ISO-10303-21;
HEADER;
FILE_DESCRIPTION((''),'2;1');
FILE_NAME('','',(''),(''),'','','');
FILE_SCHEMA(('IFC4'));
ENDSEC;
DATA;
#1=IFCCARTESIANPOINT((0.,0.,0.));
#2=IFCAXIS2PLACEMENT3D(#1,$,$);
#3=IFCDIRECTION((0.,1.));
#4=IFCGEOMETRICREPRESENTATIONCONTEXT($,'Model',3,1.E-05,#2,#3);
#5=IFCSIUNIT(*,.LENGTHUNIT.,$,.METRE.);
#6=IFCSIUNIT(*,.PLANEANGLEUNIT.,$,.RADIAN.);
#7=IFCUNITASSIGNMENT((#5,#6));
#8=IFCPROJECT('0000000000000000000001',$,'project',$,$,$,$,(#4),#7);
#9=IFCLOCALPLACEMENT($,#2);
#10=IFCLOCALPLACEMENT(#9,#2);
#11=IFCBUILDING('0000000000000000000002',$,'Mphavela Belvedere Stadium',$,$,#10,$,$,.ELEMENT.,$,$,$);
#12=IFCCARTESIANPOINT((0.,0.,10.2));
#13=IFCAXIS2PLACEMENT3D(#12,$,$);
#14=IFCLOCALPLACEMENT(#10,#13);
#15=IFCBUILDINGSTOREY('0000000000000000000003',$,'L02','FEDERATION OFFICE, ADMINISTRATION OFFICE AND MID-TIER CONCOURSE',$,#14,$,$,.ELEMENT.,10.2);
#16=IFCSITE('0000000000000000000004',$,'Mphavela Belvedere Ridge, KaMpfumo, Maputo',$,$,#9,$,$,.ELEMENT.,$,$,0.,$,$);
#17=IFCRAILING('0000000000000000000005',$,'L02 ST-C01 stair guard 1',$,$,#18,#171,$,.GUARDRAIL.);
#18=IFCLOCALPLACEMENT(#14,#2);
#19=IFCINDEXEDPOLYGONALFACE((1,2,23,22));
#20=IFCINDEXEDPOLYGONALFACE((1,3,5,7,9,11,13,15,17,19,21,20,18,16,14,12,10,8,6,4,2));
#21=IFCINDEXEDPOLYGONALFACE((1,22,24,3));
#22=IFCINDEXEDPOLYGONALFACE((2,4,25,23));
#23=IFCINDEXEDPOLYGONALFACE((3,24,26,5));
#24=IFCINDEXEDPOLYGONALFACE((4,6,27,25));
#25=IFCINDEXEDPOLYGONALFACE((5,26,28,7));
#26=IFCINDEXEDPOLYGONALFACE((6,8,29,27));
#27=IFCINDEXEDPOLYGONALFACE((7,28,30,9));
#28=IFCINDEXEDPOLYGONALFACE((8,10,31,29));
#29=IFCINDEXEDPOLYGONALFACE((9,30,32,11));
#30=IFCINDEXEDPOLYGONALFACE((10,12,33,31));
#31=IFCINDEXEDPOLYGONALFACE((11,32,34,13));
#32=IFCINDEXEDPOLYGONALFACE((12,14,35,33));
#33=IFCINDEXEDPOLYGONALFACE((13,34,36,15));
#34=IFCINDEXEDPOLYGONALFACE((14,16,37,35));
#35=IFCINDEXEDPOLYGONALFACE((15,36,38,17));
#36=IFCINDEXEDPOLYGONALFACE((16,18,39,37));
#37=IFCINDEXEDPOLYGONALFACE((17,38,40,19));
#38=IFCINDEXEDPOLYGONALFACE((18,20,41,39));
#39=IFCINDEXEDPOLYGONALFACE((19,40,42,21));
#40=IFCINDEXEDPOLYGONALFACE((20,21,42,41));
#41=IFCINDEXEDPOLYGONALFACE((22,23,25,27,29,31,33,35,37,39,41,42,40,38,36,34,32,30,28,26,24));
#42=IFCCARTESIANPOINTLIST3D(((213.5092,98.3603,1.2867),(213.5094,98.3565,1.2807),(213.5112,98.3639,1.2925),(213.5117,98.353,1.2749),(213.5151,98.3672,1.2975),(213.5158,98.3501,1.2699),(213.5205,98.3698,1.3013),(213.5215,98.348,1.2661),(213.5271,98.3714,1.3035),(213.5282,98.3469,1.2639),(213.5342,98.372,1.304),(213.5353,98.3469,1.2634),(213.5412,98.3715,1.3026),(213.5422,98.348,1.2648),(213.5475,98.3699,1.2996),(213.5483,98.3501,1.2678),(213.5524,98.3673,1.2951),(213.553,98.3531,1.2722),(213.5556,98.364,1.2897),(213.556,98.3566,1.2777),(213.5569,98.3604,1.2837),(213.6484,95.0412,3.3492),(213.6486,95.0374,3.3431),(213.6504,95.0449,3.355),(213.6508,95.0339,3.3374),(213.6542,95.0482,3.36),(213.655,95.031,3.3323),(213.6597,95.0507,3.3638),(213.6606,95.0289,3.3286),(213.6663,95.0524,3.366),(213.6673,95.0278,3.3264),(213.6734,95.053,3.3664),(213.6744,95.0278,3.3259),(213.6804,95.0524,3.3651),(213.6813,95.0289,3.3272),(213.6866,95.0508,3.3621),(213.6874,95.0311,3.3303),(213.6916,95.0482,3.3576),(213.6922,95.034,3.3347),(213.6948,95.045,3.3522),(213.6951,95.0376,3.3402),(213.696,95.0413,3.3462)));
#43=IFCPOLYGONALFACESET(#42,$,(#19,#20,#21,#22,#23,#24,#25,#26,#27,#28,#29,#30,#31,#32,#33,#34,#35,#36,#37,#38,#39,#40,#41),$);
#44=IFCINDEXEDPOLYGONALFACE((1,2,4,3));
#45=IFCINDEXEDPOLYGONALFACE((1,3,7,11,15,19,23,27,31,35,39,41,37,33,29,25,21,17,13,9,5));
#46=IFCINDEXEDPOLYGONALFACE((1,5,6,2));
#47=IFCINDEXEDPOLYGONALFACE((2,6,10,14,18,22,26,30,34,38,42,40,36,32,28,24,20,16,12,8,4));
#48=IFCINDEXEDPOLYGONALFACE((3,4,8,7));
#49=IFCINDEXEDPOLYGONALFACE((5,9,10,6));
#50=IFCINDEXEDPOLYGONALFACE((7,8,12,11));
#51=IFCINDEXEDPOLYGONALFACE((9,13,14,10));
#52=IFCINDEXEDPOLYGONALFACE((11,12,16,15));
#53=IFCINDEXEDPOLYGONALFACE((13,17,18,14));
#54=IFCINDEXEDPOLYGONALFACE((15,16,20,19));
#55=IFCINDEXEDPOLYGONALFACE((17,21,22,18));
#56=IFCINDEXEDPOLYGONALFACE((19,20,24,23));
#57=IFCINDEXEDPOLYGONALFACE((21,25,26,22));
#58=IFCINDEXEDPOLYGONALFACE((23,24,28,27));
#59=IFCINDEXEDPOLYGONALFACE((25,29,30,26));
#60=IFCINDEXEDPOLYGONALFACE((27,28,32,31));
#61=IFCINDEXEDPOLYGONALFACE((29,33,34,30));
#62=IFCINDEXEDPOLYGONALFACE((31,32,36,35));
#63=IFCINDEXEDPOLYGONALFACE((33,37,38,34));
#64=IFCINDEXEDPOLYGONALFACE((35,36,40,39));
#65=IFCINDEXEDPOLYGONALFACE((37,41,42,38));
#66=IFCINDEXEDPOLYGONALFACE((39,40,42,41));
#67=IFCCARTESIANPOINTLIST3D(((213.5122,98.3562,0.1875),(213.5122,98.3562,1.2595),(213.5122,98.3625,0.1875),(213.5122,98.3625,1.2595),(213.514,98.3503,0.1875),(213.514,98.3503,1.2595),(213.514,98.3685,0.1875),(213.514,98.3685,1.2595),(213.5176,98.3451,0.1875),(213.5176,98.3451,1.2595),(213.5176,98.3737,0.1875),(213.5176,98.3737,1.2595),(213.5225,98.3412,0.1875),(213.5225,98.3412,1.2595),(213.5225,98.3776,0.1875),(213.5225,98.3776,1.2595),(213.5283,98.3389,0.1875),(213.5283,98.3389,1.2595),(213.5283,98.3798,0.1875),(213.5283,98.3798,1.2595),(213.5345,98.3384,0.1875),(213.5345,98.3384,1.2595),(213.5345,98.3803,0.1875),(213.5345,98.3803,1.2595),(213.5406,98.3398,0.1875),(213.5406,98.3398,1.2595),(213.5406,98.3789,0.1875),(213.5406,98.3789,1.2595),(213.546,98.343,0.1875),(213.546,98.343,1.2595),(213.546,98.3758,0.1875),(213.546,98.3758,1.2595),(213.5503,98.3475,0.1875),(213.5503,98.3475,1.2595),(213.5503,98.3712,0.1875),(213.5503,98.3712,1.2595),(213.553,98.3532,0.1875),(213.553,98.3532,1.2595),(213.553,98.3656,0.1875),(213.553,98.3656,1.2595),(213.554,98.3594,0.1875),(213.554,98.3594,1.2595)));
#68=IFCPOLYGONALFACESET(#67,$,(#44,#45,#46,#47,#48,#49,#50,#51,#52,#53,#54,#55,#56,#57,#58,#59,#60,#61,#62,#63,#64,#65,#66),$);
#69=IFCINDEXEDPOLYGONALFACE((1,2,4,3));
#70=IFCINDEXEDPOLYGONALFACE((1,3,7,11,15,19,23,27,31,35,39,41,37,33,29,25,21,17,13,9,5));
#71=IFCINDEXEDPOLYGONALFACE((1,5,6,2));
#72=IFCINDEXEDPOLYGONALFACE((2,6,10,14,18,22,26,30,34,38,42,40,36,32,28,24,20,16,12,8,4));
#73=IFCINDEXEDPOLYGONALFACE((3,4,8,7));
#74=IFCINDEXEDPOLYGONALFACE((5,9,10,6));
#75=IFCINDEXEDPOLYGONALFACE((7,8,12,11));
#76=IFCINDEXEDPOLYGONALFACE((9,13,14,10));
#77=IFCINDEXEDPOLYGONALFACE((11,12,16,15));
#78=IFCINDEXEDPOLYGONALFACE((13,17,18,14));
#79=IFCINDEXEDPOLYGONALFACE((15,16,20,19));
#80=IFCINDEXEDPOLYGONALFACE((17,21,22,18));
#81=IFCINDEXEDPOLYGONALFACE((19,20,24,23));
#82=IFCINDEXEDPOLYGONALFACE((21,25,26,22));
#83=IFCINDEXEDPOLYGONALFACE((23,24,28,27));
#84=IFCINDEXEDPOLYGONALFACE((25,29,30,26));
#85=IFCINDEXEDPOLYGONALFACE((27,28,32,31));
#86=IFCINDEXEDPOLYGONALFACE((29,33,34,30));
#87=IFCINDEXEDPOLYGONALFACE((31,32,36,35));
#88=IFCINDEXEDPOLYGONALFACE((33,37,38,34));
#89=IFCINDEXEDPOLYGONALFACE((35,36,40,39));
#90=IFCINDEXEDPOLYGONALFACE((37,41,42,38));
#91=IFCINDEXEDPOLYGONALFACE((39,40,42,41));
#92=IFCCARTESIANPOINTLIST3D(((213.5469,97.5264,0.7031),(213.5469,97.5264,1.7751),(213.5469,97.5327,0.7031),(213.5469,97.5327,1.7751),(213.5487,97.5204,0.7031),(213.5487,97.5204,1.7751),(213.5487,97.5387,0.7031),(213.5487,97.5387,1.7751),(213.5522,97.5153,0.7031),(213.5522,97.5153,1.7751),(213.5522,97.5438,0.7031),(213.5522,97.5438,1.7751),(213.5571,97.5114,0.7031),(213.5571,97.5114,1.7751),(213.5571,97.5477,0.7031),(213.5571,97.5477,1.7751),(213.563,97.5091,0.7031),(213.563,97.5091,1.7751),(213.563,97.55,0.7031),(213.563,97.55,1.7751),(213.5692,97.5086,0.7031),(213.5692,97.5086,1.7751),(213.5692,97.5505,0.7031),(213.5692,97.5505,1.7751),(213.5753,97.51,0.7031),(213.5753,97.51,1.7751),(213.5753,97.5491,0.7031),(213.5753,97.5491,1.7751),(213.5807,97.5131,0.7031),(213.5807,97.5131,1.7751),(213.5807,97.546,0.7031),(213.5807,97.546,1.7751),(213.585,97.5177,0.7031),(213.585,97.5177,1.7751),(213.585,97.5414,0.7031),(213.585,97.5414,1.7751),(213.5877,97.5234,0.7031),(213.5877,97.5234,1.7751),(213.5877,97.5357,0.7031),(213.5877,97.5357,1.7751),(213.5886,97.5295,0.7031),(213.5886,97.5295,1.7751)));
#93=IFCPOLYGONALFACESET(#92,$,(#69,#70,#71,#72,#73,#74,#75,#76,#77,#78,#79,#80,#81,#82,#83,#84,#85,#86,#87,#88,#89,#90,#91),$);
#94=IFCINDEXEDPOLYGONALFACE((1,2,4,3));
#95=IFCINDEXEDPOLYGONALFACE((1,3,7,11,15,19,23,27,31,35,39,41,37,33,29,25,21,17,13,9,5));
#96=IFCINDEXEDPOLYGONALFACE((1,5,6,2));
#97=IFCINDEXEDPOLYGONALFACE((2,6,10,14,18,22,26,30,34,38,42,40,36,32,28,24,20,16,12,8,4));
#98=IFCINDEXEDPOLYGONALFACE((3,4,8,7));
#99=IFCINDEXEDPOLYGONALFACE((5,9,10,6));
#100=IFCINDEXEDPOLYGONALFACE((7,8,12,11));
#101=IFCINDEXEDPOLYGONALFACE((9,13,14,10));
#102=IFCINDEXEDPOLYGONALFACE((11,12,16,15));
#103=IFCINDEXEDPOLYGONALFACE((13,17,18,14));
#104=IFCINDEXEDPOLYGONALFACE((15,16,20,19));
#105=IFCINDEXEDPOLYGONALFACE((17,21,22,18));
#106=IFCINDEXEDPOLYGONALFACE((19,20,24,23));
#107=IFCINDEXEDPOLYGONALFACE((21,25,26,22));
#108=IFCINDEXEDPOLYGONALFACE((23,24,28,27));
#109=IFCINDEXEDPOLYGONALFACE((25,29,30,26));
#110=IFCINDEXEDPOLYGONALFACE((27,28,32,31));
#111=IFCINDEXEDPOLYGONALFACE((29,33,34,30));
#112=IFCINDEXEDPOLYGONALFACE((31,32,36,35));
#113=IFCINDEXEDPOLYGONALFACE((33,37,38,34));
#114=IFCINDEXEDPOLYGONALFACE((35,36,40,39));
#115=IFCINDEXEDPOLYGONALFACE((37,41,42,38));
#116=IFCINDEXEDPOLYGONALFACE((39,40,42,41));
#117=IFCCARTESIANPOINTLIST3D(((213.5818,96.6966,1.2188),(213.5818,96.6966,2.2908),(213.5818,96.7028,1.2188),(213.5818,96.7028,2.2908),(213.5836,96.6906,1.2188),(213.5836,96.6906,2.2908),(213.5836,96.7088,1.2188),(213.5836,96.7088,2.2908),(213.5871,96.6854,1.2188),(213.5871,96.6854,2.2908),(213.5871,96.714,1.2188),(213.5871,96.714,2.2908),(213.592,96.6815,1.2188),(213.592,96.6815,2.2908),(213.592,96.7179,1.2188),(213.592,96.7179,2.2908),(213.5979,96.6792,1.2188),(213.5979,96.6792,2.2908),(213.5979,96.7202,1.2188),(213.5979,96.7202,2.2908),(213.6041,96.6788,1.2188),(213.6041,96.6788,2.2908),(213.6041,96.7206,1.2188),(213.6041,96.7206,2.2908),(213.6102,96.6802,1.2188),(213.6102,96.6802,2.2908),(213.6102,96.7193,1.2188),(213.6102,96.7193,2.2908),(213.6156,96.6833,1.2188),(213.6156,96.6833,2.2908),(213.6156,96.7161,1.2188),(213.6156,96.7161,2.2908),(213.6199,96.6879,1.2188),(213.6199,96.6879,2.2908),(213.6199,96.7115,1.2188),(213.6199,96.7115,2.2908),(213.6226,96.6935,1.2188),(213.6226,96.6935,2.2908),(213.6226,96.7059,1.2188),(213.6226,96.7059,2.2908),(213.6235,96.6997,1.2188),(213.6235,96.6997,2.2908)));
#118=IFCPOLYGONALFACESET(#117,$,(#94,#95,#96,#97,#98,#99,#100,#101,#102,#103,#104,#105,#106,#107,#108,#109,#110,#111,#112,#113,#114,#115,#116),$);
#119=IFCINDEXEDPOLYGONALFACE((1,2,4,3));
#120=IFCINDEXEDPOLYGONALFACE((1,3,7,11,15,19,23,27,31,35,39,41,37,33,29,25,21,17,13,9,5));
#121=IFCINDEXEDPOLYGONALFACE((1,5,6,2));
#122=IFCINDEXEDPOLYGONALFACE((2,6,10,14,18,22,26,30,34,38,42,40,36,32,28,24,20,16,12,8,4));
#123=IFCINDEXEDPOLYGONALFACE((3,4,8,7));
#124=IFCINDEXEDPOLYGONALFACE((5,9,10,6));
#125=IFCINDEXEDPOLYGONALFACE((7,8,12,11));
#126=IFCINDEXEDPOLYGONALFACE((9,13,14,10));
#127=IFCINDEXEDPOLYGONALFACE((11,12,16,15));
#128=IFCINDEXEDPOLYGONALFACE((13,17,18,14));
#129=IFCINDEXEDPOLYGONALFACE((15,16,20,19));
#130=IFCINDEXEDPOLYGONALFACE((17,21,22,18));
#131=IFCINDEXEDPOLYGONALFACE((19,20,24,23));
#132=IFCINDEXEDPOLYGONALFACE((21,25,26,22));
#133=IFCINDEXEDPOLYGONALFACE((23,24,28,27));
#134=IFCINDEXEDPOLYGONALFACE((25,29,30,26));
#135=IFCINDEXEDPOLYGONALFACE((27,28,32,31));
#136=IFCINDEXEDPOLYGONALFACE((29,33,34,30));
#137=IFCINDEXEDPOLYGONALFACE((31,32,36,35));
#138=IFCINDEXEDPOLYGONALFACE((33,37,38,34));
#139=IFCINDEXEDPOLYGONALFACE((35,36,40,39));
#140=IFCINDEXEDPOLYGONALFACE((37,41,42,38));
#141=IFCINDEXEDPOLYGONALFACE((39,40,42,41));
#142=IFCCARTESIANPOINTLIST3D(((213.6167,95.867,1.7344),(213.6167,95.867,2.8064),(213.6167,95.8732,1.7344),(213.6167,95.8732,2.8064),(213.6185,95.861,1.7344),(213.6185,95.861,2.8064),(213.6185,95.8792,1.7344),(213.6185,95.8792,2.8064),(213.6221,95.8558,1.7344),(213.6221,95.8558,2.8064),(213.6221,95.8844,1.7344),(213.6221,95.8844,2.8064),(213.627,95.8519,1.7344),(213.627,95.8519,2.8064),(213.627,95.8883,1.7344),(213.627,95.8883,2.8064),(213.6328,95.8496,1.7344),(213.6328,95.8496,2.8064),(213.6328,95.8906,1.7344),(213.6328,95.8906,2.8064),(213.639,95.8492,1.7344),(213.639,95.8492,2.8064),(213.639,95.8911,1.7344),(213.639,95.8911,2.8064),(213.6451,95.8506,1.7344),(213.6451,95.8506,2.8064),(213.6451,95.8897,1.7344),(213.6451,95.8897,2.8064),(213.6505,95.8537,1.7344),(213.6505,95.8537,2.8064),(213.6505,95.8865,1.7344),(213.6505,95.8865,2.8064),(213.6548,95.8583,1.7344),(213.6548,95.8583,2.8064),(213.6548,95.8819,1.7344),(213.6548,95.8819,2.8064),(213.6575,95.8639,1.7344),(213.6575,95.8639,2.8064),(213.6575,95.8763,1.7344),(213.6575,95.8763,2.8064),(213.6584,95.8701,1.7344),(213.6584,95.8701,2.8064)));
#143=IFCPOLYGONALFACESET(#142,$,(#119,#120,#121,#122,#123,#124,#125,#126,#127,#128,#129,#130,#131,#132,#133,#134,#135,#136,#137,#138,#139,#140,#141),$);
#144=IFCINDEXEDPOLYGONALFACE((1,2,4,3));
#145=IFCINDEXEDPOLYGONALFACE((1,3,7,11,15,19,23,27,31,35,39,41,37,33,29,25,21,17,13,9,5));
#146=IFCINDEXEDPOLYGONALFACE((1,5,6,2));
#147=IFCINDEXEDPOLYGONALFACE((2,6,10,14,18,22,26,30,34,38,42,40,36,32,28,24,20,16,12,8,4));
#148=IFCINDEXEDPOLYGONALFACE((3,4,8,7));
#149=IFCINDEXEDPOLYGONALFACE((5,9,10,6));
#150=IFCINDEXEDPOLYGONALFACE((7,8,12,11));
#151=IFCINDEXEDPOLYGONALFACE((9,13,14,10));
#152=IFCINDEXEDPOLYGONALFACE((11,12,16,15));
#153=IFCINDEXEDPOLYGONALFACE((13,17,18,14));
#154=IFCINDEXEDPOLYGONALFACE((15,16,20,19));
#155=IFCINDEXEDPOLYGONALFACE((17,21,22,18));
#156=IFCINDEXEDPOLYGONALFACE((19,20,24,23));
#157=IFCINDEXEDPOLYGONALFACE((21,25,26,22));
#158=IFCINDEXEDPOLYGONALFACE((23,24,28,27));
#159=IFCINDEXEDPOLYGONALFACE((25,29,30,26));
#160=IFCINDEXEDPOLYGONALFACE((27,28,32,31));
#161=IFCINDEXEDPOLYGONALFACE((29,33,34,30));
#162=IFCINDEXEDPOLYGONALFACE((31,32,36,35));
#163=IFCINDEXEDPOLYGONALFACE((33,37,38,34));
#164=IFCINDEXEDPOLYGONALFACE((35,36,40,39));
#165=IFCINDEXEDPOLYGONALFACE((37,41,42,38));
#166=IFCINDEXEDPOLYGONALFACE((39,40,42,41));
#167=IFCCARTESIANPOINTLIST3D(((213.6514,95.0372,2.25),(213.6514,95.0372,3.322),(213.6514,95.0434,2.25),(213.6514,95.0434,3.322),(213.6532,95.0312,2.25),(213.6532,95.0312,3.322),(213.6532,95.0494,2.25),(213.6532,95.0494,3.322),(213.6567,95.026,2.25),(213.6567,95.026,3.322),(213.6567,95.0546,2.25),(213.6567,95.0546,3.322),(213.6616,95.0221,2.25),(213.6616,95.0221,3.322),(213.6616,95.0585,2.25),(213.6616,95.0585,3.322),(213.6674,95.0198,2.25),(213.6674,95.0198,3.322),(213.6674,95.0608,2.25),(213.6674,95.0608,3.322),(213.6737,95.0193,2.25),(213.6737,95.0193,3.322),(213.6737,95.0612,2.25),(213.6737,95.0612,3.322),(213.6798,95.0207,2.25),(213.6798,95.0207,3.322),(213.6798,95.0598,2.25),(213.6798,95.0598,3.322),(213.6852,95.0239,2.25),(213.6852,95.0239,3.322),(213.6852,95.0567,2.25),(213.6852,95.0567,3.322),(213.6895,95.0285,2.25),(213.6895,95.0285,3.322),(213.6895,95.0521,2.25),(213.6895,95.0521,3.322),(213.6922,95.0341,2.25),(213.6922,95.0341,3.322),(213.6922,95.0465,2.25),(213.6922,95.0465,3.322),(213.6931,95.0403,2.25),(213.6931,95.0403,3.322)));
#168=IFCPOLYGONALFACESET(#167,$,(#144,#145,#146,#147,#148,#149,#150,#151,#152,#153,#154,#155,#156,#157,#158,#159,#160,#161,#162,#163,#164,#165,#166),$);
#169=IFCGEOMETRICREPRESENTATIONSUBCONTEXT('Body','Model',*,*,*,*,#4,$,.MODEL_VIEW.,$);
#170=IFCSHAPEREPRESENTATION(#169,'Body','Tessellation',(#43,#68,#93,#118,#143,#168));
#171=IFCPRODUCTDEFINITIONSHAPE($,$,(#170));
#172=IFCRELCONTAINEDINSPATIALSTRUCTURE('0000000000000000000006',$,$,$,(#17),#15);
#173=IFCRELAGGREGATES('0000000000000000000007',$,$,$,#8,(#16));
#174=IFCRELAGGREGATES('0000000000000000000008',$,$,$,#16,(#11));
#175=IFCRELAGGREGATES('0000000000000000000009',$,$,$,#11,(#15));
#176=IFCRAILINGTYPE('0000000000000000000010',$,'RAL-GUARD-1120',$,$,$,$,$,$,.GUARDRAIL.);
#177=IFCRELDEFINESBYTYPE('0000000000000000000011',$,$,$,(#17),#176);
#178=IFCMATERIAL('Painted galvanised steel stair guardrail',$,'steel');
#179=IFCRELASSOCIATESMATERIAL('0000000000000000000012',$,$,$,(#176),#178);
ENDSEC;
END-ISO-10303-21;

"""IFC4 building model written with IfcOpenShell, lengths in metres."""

from ifc_helpers import new_model, si_unit, direction, frame, origin, origin_2d, place, context, subcontext, project, spatial, circle, extrude, material, type_object, element, save


model = new_model("IFC4")

# Units and contexts
model_context = context("Model", 3, precision=1e-05, world=origin(), true_north=direction((0.0, 1.0)))
body_context = subcontext(model_context, "Body", "Model", "MODEL_VIEW")
ifc_project = project(units=[si_unit("LENGTHUNIT", "METRE"), si_unit("PLANEANGLEUNIT", "RADIAN")], contexts=[model_context])

# Site, building, storey
site_placement = place(None, origin())
site = spatial("IfcSite", under=ifc_project, at=site_placement, Name="Mphavela Belvedere Ridge, KaMpfumo, Maputo", CompositionType="ELEMENT", RefElevation=0.0)
building_placement = place(site_placement, origin())
building = spatial("IfcBuilding", under=site, at=building_placement, Name="Mphavela Belvedere Stadium", CompositionType="ELEMENT")
storey_placement = place(building_placement, frame((0.0, 0.0, 10.2)))
storey = spatial("IfcBuildingStorey", under=building, at=storey_placement, Name="L02", Description="FEDERATION OFFICE, ADMINISTRATION OFFICE AND MID-TIER CONCOURSE", CompositionType="ELEMENT", Elevation=10.2)

# Railing
ifc_material_1 = material(Name="Painted galvanised steel stair guardrail", Category="steel")
railing_type = type_object("IfcRailingType", Name="RAL-GUARD-1120", PredefinedType="GUARDRAIL", material=ifc_material_1)
railing_1_placement = place(storey_placement, frame((213.533, 98.3594, 0.1875)))
element("IfcRailing", 1, at=railing_1_placement, inside=storey, type_object=railing_type, Name="L02 ST-C01 stair guard 1", PredefinedType="GUARDRAIL", context=body_context, shape_type="SweptSolid", body=[
    extrude(circle(Radius=0.0239, at=origin_2d()), frame((0.0, 0.0, 1.0962), z_axis=(0.035589, -0.84883, 0.527467), x_axis=(0.999122, 0.04189, 0.0)), (0.0, 0.0, 1.0), 3.9102),
    extrude(circle(Radius=0.021, at=origin_2d()), origin(), (0.0, 0.0, 1.0), 1.072),
    extrude(circle(Radius=0.021, at=origin_2d()), frame((0.0347, -0.8298, 0.5156)), (0.0, 0.0, 1.0), 1.072),
    extrude(circle(Radius=0.021, at=origin_2d()), frame((0.0696, -1.6597, 1.0312)), (0.0, 0.0, 1.0), 1.072),
    extrude(circle(Radius=0.021, at=origin_2d()), frame((0.1045, -2.4893, 1.5469)), (0.0, 0.0, 1.0), 1.072),
    extrude(circle(Radius=0.021, at=origin_2d()), frame((0.1392, -3.3191, 2.0625)), (0.0, 0.0, 1.0), 1.072),
])

save(model, "model.ifc")
